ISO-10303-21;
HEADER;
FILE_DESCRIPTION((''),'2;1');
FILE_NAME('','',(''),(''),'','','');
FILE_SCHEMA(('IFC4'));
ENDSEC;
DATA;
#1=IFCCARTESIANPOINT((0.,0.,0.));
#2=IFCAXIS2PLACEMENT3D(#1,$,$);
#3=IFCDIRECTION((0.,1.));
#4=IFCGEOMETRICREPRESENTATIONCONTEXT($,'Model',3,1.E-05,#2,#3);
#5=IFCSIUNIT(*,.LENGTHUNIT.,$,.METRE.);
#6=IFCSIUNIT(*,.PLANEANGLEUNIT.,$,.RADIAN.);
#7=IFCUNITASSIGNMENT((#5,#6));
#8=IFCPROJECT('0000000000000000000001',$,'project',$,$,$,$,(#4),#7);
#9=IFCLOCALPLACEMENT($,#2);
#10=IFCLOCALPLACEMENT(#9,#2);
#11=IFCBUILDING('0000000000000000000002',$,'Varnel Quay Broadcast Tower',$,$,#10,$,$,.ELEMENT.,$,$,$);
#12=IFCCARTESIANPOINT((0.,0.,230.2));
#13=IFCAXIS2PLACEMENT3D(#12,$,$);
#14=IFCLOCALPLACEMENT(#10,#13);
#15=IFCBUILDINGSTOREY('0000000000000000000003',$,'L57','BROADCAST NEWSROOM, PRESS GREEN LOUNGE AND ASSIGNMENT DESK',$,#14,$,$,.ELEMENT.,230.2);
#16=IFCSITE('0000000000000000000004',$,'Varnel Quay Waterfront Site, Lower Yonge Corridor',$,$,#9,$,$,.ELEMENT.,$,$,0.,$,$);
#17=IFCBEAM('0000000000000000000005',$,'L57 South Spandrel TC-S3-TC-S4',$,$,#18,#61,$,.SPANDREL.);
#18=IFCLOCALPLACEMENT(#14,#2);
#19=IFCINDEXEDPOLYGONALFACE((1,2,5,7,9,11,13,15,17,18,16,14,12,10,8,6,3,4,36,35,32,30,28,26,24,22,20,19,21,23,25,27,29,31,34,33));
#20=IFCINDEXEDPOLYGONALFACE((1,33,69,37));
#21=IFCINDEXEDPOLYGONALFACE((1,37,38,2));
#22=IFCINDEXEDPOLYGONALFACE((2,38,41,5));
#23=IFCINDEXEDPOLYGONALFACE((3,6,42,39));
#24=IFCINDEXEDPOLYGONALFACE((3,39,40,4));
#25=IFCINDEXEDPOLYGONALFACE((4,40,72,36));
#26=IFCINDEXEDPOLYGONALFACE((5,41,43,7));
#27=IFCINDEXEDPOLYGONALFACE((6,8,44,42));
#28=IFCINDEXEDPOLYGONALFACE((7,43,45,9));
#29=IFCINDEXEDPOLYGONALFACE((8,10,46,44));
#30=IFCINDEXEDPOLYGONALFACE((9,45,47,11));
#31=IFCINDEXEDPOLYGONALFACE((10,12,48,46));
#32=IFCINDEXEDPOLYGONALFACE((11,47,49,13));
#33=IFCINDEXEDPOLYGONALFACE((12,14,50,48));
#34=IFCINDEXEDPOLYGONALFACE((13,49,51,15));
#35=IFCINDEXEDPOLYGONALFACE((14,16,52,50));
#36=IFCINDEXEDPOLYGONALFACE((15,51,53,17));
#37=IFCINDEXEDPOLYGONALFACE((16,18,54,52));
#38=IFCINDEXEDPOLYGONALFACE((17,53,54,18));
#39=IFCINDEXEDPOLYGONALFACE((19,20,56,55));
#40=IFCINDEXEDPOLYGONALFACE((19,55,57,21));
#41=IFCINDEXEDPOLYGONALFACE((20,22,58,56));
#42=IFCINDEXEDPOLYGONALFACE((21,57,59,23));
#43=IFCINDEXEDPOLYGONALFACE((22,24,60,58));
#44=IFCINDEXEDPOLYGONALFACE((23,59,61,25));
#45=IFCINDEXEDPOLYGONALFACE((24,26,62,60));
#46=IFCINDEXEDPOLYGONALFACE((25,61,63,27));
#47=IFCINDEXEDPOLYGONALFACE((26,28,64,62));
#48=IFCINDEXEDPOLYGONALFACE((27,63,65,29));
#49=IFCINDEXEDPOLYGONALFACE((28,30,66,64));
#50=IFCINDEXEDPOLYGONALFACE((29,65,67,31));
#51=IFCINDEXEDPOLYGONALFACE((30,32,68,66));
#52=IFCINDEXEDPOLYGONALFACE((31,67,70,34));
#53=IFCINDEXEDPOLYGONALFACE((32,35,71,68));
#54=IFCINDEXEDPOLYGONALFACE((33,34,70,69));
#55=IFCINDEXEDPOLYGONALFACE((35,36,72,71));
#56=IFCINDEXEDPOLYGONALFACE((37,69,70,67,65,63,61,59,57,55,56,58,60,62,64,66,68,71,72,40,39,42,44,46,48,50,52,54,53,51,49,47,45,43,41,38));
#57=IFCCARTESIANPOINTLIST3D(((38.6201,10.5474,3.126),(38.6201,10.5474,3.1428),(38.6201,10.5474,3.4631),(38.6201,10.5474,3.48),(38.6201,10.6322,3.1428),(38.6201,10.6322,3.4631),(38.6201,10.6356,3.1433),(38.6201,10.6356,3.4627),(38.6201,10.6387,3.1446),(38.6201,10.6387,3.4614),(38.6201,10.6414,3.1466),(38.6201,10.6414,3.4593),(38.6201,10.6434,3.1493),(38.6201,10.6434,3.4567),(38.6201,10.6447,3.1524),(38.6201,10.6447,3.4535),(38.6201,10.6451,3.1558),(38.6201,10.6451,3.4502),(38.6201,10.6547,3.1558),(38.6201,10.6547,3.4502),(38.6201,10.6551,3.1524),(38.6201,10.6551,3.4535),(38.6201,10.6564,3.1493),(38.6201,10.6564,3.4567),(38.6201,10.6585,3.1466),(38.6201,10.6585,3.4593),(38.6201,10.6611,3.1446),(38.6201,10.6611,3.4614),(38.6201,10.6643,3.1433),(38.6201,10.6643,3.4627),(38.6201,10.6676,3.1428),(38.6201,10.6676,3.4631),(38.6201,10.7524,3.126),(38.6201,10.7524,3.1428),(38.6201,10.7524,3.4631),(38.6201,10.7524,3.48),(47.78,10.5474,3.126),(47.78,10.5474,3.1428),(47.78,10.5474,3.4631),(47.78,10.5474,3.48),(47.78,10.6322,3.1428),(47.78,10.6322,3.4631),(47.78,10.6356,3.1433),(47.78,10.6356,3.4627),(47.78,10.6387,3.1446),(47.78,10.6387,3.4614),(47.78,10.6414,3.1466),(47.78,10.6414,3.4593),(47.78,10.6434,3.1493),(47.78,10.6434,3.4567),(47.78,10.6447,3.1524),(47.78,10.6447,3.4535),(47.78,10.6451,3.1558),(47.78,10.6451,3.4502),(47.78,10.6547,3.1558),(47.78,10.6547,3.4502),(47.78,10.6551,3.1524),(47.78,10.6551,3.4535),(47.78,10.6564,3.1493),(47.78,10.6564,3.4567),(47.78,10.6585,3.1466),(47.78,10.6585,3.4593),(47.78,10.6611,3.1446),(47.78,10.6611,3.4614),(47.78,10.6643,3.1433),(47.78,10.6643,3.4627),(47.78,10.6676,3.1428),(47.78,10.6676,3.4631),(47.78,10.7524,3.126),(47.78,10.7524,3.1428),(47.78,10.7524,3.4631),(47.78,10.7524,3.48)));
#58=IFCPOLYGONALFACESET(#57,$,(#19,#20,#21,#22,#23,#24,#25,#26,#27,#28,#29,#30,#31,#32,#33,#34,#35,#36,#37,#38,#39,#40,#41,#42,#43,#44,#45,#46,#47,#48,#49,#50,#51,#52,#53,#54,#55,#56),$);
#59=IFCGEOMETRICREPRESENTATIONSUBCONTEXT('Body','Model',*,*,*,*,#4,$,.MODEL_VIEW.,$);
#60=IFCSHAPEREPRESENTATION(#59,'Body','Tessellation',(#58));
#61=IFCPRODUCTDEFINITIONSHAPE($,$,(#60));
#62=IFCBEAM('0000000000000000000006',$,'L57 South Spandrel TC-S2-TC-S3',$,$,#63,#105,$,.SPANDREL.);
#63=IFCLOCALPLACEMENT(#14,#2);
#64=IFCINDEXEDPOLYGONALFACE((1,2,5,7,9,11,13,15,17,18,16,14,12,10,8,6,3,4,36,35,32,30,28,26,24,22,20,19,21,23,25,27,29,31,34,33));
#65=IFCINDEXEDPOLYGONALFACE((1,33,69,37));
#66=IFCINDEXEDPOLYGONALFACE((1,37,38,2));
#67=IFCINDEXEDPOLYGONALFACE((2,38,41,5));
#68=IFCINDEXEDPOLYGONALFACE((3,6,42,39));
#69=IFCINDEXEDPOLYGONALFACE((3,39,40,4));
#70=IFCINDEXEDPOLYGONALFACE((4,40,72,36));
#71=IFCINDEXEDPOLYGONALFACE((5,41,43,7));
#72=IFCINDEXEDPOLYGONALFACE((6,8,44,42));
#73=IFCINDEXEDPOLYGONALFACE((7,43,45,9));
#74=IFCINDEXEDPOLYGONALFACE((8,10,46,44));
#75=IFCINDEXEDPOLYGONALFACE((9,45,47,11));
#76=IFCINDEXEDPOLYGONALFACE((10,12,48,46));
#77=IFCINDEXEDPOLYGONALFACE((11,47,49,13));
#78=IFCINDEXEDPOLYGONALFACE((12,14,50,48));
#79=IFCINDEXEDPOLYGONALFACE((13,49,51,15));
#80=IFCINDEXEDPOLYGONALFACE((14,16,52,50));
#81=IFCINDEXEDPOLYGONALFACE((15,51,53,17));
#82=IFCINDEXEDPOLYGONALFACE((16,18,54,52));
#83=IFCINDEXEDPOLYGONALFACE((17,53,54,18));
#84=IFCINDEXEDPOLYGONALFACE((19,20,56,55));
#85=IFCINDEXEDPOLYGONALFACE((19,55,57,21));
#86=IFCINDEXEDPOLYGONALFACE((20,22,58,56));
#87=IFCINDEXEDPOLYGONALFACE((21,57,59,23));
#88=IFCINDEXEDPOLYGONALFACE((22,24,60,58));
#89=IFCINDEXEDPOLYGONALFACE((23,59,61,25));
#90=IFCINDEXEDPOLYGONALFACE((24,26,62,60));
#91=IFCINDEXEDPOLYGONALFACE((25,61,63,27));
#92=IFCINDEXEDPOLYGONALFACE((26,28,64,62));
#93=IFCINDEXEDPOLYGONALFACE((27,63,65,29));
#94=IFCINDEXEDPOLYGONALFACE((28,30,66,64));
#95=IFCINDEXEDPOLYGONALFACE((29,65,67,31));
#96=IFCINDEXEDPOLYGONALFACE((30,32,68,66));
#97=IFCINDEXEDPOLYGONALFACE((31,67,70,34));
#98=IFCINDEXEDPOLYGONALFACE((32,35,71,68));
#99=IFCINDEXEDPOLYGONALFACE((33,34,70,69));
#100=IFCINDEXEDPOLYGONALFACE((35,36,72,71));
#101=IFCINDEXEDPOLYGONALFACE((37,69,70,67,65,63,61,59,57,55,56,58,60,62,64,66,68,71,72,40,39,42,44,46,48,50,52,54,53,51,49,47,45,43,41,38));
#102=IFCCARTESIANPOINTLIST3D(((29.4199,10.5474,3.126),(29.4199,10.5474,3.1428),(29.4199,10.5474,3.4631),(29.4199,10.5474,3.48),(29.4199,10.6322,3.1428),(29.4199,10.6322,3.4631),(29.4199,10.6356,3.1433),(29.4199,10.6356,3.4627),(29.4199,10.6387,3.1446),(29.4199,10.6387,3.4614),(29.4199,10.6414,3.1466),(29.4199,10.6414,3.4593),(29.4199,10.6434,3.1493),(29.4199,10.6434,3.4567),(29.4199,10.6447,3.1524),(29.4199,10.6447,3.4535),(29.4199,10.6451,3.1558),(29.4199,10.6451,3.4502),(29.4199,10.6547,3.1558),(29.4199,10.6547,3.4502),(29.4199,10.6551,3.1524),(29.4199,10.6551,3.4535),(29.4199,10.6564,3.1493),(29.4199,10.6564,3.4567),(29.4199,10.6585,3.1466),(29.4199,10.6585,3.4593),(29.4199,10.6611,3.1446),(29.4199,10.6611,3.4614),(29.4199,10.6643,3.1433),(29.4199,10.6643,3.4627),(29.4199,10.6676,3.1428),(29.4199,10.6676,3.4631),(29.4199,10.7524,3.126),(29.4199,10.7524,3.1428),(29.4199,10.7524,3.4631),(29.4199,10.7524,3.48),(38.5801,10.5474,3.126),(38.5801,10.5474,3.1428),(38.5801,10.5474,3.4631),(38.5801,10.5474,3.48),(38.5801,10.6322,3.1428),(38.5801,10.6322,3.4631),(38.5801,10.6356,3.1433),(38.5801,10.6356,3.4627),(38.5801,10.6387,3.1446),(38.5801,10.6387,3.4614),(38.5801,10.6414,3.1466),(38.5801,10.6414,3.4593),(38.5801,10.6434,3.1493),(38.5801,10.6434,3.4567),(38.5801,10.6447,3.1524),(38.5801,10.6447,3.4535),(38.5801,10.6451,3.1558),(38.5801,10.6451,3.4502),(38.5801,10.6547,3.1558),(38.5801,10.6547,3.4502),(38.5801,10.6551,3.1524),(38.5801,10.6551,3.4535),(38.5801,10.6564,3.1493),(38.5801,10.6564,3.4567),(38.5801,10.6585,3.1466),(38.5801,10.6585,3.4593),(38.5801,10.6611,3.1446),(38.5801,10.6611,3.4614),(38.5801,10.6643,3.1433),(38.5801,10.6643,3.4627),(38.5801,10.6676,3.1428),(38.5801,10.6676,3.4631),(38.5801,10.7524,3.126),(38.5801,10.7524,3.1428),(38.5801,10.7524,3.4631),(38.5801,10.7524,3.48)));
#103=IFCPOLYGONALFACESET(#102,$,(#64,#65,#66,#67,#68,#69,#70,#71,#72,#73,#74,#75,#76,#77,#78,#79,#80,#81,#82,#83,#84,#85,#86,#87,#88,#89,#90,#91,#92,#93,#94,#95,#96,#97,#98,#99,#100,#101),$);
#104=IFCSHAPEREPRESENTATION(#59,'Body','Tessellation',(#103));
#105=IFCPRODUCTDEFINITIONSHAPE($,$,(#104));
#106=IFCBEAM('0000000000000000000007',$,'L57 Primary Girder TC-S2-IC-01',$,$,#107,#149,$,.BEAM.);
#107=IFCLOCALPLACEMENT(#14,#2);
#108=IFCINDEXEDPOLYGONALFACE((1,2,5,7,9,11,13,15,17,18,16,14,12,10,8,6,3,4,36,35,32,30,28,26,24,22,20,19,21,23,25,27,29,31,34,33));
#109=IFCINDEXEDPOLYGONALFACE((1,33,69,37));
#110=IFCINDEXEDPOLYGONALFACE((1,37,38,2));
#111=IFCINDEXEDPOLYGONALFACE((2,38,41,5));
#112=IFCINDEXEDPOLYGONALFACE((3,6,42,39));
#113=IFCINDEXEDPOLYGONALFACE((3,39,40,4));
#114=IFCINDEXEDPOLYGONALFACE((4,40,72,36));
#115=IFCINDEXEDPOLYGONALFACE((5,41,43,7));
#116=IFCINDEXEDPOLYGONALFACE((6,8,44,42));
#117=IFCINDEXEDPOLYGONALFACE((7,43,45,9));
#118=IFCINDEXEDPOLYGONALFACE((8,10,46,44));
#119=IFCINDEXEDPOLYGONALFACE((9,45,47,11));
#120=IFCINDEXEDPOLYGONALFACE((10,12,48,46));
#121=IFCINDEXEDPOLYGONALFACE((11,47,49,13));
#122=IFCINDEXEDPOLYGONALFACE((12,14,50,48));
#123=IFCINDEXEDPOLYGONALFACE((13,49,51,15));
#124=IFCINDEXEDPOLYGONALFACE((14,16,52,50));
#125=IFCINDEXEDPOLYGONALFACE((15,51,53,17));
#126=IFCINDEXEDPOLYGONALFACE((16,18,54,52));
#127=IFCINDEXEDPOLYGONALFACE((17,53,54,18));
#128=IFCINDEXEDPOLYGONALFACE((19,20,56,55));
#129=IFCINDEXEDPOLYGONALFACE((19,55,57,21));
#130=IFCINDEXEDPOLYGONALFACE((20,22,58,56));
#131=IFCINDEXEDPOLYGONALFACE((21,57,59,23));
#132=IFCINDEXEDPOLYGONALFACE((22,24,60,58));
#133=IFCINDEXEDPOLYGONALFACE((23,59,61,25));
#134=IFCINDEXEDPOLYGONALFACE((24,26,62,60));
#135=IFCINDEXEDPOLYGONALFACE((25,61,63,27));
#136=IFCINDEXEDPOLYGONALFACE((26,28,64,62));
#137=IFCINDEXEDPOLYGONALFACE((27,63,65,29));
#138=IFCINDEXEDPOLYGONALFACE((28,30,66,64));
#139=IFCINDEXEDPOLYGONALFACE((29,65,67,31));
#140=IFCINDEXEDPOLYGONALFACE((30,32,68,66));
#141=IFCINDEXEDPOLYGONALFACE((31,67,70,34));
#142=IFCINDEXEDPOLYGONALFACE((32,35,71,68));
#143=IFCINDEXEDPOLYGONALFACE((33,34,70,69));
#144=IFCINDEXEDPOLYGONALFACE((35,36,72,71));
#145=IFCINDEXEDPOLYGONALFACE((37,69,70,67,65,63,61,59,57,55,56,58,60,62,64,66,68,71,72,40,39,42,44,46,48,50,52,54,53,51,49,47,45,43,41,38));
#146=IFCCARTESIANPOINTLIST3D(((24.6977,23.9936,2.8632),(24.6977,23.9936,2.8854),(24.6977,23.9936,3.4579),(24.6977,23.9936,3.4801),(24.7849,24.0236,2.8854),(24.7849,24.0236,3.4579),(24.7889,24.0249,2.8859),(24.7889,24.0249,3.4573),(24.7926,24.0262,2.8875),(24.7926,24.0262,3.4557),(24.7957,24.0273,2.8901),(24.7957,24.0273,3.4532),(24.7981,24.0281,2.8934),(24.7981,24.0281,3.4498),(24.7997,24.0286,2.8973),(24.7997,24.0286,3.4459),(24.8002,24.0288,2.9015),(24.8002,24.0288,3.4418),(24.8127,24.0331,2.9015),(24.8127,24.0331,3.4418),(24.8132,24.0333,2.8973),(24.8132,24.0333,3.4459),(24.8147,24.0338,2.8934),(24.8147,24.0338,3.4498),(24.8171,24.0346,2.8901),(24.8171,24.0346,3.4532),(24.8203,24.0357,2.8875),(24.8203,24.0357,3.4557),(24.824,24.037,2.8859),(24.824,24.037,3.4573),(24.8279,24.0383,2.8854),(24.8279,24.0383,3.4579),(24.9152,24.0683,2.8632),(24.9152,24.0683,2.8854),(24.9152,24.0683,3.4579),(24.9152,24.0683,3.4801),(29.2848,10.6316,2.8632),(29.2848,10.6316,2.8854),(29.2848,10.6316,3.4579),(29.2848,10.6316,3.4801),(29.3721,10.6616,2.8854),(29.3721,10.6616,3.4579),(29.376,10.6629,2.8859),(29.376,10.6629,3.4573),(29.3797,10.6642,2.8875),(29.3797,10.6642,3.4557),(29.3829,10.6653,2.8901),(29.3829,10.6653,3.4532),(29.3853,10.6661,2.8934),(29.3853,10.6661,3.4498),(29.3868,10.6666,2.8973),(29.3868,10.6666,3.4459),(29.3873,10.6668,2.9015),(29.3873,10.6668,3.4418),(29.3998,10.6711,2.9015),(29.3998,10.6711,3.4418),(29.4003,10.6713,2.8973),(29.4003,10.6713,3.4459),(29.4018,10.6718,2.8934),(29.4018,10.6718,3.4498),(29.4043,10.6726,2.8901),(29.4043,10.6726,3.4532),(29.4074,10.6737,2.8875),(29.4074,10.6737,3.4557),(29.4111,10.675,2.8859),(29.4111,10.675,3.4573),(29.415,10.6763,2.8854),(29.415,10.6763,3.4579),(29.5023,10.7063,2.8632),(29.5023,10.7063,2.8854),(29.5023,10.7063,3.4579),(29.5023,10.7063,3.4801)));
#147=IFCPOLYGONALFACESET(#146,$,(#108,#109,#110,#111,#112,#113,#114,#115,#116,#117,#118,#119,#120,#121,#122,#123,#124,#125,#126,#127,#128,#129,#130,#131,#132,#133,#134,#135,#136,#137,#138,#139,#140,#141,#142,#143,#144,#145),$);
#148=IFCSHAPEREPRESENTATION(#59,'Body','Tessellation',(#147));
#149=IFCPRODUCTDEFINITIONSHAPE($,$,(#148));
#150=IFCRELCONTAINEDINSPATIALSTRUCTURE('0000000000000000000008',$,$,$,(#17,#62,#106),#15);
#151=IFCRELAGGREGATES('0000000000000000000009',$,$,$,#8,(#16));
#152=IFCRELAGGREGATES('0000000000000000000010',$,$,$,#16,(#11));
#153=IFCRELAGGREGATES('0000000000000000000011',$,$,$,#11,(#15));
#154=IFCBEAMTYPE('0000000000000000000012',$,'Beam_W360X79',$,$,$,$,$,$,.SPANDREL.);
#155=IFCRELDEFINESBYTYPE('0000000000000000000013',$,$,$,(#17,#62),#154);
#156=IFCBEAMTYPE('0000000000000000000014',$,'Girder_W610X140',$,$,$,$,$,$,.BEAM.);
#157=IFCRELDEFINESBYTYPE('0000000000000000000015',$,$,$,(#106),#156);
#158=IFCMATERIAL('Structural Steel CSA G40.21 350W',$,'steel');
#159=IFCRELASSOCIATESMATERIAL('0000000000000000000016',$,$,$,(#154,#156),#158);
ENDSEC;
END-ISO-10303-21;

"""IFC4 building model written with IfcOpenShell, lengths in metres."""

from ifc_helpers import new_model, si_unit, direction, frame, origin, origin_2d, place, context, subcontext, project, spatial, i_section, extrude, source, transform, mapped, material, material_profile, profile_set, type_object, type_shapes, element, save


model = new_model("IFC4")

# Units and contexts
model_context = context("Model", 3, precision=1e-05, world=origin(), true_north=direction((0.0, 1.0)))
body_context = subcontext(model_context, "Body", "Model", "MODEL_VIEW")
ifc_project = project(units=[si_unit("LENGTHUNIT", "METRE"), si_unit("PLANEANGLEUNIT", "RADIAN")], contexts=[model_context])

# Site, building, storey
site_placement = place(None, origin())
site = spatial("IfcSite", under=ifc_project, at=site_placement, Name="Varnel Quay Waterfront Site, Lower Yonge Corridor", CompositionType="ELEMENT", RefElevation=0.0)
building_placement = place(site_placement, origin())
building = spatial("IfcBuilding", under=site, at=building_placement, Name="Varnel Quay Broadcast Tower", CompositionType="ELEMENT")
storey_placement = place(building_placement, frame((0.0, 0.0, 230.2)))
storey = spatial("IfcBuildingStorey", under=building, at=storey_placement, Name="L57", Description="BROADCAST NEWSROOM, PRESS GREEN LOUNGE AND ASSIGNMENT DESK", CompositionType="ELEMENT", Elevation=230.2)

# Shared definitions
ifc_material_1 = material(Name="Structural Steel CSA G40.21 350W", Category="steel")

# Beams
ifc_material_profile_1 = material_profile(ifc_material_1, i_section(OverallWidth=0.2051, OverallDepth=0.354, WebThickness=0.0095, FlangeThickness=0.0168, FilletRadius=0.0129, at=origin_2d()), Name="W360X79")
ifc_profile_set_1 = profile_set([ifc_material_profile_1], Name="Structural Steel CSA G40.21 350W")
beam_type_1 = type_object("IfcBeamType", Name="Beam_W360X79", PredefinedType="SPANDREL", material=ifc_profile_set_1)
shared_shape_1 = source(origin(), body_context, "Body", "SweptSolid", [
    extrude(i_section(OverallWidth=0.2051, OverallDepth=0.354, WebThickness=0.0095, FlangeThickness=0.0168, FilletRadius=0.0129, at=origin_2d()), origin(), (0.0, 0.0, 1.0), 9.1599),
])
beam_1_placement = place(storey_placement, frame((38.6201, 10.6499, 3.303), z_axis=(1.0, 0.0, 0.0), x_axis=(0.0, 1.0, 0.0)))
element("IfcBeam", 1, at=beam_1_placement, inside=storey, type_object=beam_type_1, Name="L57 South Spandrel TC-S3-TC-S4", PredefinedType="SPANDREL", context=body_context, shape_type="MappedRepresentation", body=[
    mapped(shared_shape_1, transform((0.0, 0.0, 0.0), x_axis=(1.0, 0.0, 0.0), y_axis=(0.0, 1.0, 0.0), z_axis=(0.0, 0.0, 1.0), scale=1.0)),
])
shared_shape_2 = source(origin(), body_context, "Body", "SweptSolid", [
    extrude(i_section(OverallWidth=0.2051, OverallDepth=0.354, WebThickness=0.0095, FlangeThickness=0.0168, FilletRadius=0.0129, at=origin_2d()), origin(), (0.0, 0.0, 1.0), 9.1602),
])
type_shapes(beam_type_1, [shared_shape_1, shared_shape_2])
beam_2_placement = place(storey_placement, frame((29.4199, 10.6499, 3.303), z_axis=(1.0, 0.0, 0.0), x_axis=(0.0, 1.0, 0.0)))
element("IfcBeam", 2, at=beam_2_placement, inside=storey, type_object=beam_type_1, Name="L57 South Spandrel TC-S2-TC-S3", PredefinedType="SPANDREL", context=body_context, shape_type="MappedRepresentation", body=[
    mapped(shared_shape_2, transform((0.0, 0.0, 0.0), x_axis=(1.0, 0.0, 0.0), y_axis=(0.0, 1.0, 0.0), z_axis=(0.0, 0.0, 1.0), scale=1.0)),
])
ifc_material_profile_2 = material_profile(ifc_material_1, i_section(OverallWidth=0.23, OverallDepth=0.6169, WebThickness=0.0132, FlangeThickness=0.0222, FilletRadius=0.0161, at=origin_2d()), Name="W610X140")
ifc_profile_set_2 = profile_set([ifc_material_profile_2], Name="Structural Steel CSA G40.21 350W")
beam_type_2 = type_object("IfcBeamType", Name="Girder_W610X140", PredefinedType="BEAM", material=ifc_profile_set_2)
shared_shape_3 = source(origin(), body_context, "Body", "SweptSolid", [
    extrude(i_section(OverallWidth=0.23, OverallDepth=0.6169, WebThickness=0.0132, FlangeThickness=0.0222, FilletRadius=0.0161, at=origin_2d()), origin(), (0.0, 0.0, 1.0), 14.1274),
])
beam_3_placement = place(storey_placement, frame((29.3936, 10.6689, 3.1716), z_axis=(-0.324697, 0.945818, 0.0), x_axis=(-0.945818, -0.324697, 0.0)))
element("IfcBeam", 3, at=beam_3_placement, inside=storey, type_object=beam_type_2, Name="L57 Primary Girder TC-S2-IC-01", PredefinedType="BEAM", context=body_context, shape_type="MappedRepresentation", body=[
    mapped(shared_shape_3, transform((0.0, 0.0, 0.0), x_axis=(1.0, 0.0, 0.0), y_axis=(0.0, 1.0, 0.0), z_axis=(0.0, 0.0, 1.0), scale=1.0)),
])

save(model, "model.ifc")
